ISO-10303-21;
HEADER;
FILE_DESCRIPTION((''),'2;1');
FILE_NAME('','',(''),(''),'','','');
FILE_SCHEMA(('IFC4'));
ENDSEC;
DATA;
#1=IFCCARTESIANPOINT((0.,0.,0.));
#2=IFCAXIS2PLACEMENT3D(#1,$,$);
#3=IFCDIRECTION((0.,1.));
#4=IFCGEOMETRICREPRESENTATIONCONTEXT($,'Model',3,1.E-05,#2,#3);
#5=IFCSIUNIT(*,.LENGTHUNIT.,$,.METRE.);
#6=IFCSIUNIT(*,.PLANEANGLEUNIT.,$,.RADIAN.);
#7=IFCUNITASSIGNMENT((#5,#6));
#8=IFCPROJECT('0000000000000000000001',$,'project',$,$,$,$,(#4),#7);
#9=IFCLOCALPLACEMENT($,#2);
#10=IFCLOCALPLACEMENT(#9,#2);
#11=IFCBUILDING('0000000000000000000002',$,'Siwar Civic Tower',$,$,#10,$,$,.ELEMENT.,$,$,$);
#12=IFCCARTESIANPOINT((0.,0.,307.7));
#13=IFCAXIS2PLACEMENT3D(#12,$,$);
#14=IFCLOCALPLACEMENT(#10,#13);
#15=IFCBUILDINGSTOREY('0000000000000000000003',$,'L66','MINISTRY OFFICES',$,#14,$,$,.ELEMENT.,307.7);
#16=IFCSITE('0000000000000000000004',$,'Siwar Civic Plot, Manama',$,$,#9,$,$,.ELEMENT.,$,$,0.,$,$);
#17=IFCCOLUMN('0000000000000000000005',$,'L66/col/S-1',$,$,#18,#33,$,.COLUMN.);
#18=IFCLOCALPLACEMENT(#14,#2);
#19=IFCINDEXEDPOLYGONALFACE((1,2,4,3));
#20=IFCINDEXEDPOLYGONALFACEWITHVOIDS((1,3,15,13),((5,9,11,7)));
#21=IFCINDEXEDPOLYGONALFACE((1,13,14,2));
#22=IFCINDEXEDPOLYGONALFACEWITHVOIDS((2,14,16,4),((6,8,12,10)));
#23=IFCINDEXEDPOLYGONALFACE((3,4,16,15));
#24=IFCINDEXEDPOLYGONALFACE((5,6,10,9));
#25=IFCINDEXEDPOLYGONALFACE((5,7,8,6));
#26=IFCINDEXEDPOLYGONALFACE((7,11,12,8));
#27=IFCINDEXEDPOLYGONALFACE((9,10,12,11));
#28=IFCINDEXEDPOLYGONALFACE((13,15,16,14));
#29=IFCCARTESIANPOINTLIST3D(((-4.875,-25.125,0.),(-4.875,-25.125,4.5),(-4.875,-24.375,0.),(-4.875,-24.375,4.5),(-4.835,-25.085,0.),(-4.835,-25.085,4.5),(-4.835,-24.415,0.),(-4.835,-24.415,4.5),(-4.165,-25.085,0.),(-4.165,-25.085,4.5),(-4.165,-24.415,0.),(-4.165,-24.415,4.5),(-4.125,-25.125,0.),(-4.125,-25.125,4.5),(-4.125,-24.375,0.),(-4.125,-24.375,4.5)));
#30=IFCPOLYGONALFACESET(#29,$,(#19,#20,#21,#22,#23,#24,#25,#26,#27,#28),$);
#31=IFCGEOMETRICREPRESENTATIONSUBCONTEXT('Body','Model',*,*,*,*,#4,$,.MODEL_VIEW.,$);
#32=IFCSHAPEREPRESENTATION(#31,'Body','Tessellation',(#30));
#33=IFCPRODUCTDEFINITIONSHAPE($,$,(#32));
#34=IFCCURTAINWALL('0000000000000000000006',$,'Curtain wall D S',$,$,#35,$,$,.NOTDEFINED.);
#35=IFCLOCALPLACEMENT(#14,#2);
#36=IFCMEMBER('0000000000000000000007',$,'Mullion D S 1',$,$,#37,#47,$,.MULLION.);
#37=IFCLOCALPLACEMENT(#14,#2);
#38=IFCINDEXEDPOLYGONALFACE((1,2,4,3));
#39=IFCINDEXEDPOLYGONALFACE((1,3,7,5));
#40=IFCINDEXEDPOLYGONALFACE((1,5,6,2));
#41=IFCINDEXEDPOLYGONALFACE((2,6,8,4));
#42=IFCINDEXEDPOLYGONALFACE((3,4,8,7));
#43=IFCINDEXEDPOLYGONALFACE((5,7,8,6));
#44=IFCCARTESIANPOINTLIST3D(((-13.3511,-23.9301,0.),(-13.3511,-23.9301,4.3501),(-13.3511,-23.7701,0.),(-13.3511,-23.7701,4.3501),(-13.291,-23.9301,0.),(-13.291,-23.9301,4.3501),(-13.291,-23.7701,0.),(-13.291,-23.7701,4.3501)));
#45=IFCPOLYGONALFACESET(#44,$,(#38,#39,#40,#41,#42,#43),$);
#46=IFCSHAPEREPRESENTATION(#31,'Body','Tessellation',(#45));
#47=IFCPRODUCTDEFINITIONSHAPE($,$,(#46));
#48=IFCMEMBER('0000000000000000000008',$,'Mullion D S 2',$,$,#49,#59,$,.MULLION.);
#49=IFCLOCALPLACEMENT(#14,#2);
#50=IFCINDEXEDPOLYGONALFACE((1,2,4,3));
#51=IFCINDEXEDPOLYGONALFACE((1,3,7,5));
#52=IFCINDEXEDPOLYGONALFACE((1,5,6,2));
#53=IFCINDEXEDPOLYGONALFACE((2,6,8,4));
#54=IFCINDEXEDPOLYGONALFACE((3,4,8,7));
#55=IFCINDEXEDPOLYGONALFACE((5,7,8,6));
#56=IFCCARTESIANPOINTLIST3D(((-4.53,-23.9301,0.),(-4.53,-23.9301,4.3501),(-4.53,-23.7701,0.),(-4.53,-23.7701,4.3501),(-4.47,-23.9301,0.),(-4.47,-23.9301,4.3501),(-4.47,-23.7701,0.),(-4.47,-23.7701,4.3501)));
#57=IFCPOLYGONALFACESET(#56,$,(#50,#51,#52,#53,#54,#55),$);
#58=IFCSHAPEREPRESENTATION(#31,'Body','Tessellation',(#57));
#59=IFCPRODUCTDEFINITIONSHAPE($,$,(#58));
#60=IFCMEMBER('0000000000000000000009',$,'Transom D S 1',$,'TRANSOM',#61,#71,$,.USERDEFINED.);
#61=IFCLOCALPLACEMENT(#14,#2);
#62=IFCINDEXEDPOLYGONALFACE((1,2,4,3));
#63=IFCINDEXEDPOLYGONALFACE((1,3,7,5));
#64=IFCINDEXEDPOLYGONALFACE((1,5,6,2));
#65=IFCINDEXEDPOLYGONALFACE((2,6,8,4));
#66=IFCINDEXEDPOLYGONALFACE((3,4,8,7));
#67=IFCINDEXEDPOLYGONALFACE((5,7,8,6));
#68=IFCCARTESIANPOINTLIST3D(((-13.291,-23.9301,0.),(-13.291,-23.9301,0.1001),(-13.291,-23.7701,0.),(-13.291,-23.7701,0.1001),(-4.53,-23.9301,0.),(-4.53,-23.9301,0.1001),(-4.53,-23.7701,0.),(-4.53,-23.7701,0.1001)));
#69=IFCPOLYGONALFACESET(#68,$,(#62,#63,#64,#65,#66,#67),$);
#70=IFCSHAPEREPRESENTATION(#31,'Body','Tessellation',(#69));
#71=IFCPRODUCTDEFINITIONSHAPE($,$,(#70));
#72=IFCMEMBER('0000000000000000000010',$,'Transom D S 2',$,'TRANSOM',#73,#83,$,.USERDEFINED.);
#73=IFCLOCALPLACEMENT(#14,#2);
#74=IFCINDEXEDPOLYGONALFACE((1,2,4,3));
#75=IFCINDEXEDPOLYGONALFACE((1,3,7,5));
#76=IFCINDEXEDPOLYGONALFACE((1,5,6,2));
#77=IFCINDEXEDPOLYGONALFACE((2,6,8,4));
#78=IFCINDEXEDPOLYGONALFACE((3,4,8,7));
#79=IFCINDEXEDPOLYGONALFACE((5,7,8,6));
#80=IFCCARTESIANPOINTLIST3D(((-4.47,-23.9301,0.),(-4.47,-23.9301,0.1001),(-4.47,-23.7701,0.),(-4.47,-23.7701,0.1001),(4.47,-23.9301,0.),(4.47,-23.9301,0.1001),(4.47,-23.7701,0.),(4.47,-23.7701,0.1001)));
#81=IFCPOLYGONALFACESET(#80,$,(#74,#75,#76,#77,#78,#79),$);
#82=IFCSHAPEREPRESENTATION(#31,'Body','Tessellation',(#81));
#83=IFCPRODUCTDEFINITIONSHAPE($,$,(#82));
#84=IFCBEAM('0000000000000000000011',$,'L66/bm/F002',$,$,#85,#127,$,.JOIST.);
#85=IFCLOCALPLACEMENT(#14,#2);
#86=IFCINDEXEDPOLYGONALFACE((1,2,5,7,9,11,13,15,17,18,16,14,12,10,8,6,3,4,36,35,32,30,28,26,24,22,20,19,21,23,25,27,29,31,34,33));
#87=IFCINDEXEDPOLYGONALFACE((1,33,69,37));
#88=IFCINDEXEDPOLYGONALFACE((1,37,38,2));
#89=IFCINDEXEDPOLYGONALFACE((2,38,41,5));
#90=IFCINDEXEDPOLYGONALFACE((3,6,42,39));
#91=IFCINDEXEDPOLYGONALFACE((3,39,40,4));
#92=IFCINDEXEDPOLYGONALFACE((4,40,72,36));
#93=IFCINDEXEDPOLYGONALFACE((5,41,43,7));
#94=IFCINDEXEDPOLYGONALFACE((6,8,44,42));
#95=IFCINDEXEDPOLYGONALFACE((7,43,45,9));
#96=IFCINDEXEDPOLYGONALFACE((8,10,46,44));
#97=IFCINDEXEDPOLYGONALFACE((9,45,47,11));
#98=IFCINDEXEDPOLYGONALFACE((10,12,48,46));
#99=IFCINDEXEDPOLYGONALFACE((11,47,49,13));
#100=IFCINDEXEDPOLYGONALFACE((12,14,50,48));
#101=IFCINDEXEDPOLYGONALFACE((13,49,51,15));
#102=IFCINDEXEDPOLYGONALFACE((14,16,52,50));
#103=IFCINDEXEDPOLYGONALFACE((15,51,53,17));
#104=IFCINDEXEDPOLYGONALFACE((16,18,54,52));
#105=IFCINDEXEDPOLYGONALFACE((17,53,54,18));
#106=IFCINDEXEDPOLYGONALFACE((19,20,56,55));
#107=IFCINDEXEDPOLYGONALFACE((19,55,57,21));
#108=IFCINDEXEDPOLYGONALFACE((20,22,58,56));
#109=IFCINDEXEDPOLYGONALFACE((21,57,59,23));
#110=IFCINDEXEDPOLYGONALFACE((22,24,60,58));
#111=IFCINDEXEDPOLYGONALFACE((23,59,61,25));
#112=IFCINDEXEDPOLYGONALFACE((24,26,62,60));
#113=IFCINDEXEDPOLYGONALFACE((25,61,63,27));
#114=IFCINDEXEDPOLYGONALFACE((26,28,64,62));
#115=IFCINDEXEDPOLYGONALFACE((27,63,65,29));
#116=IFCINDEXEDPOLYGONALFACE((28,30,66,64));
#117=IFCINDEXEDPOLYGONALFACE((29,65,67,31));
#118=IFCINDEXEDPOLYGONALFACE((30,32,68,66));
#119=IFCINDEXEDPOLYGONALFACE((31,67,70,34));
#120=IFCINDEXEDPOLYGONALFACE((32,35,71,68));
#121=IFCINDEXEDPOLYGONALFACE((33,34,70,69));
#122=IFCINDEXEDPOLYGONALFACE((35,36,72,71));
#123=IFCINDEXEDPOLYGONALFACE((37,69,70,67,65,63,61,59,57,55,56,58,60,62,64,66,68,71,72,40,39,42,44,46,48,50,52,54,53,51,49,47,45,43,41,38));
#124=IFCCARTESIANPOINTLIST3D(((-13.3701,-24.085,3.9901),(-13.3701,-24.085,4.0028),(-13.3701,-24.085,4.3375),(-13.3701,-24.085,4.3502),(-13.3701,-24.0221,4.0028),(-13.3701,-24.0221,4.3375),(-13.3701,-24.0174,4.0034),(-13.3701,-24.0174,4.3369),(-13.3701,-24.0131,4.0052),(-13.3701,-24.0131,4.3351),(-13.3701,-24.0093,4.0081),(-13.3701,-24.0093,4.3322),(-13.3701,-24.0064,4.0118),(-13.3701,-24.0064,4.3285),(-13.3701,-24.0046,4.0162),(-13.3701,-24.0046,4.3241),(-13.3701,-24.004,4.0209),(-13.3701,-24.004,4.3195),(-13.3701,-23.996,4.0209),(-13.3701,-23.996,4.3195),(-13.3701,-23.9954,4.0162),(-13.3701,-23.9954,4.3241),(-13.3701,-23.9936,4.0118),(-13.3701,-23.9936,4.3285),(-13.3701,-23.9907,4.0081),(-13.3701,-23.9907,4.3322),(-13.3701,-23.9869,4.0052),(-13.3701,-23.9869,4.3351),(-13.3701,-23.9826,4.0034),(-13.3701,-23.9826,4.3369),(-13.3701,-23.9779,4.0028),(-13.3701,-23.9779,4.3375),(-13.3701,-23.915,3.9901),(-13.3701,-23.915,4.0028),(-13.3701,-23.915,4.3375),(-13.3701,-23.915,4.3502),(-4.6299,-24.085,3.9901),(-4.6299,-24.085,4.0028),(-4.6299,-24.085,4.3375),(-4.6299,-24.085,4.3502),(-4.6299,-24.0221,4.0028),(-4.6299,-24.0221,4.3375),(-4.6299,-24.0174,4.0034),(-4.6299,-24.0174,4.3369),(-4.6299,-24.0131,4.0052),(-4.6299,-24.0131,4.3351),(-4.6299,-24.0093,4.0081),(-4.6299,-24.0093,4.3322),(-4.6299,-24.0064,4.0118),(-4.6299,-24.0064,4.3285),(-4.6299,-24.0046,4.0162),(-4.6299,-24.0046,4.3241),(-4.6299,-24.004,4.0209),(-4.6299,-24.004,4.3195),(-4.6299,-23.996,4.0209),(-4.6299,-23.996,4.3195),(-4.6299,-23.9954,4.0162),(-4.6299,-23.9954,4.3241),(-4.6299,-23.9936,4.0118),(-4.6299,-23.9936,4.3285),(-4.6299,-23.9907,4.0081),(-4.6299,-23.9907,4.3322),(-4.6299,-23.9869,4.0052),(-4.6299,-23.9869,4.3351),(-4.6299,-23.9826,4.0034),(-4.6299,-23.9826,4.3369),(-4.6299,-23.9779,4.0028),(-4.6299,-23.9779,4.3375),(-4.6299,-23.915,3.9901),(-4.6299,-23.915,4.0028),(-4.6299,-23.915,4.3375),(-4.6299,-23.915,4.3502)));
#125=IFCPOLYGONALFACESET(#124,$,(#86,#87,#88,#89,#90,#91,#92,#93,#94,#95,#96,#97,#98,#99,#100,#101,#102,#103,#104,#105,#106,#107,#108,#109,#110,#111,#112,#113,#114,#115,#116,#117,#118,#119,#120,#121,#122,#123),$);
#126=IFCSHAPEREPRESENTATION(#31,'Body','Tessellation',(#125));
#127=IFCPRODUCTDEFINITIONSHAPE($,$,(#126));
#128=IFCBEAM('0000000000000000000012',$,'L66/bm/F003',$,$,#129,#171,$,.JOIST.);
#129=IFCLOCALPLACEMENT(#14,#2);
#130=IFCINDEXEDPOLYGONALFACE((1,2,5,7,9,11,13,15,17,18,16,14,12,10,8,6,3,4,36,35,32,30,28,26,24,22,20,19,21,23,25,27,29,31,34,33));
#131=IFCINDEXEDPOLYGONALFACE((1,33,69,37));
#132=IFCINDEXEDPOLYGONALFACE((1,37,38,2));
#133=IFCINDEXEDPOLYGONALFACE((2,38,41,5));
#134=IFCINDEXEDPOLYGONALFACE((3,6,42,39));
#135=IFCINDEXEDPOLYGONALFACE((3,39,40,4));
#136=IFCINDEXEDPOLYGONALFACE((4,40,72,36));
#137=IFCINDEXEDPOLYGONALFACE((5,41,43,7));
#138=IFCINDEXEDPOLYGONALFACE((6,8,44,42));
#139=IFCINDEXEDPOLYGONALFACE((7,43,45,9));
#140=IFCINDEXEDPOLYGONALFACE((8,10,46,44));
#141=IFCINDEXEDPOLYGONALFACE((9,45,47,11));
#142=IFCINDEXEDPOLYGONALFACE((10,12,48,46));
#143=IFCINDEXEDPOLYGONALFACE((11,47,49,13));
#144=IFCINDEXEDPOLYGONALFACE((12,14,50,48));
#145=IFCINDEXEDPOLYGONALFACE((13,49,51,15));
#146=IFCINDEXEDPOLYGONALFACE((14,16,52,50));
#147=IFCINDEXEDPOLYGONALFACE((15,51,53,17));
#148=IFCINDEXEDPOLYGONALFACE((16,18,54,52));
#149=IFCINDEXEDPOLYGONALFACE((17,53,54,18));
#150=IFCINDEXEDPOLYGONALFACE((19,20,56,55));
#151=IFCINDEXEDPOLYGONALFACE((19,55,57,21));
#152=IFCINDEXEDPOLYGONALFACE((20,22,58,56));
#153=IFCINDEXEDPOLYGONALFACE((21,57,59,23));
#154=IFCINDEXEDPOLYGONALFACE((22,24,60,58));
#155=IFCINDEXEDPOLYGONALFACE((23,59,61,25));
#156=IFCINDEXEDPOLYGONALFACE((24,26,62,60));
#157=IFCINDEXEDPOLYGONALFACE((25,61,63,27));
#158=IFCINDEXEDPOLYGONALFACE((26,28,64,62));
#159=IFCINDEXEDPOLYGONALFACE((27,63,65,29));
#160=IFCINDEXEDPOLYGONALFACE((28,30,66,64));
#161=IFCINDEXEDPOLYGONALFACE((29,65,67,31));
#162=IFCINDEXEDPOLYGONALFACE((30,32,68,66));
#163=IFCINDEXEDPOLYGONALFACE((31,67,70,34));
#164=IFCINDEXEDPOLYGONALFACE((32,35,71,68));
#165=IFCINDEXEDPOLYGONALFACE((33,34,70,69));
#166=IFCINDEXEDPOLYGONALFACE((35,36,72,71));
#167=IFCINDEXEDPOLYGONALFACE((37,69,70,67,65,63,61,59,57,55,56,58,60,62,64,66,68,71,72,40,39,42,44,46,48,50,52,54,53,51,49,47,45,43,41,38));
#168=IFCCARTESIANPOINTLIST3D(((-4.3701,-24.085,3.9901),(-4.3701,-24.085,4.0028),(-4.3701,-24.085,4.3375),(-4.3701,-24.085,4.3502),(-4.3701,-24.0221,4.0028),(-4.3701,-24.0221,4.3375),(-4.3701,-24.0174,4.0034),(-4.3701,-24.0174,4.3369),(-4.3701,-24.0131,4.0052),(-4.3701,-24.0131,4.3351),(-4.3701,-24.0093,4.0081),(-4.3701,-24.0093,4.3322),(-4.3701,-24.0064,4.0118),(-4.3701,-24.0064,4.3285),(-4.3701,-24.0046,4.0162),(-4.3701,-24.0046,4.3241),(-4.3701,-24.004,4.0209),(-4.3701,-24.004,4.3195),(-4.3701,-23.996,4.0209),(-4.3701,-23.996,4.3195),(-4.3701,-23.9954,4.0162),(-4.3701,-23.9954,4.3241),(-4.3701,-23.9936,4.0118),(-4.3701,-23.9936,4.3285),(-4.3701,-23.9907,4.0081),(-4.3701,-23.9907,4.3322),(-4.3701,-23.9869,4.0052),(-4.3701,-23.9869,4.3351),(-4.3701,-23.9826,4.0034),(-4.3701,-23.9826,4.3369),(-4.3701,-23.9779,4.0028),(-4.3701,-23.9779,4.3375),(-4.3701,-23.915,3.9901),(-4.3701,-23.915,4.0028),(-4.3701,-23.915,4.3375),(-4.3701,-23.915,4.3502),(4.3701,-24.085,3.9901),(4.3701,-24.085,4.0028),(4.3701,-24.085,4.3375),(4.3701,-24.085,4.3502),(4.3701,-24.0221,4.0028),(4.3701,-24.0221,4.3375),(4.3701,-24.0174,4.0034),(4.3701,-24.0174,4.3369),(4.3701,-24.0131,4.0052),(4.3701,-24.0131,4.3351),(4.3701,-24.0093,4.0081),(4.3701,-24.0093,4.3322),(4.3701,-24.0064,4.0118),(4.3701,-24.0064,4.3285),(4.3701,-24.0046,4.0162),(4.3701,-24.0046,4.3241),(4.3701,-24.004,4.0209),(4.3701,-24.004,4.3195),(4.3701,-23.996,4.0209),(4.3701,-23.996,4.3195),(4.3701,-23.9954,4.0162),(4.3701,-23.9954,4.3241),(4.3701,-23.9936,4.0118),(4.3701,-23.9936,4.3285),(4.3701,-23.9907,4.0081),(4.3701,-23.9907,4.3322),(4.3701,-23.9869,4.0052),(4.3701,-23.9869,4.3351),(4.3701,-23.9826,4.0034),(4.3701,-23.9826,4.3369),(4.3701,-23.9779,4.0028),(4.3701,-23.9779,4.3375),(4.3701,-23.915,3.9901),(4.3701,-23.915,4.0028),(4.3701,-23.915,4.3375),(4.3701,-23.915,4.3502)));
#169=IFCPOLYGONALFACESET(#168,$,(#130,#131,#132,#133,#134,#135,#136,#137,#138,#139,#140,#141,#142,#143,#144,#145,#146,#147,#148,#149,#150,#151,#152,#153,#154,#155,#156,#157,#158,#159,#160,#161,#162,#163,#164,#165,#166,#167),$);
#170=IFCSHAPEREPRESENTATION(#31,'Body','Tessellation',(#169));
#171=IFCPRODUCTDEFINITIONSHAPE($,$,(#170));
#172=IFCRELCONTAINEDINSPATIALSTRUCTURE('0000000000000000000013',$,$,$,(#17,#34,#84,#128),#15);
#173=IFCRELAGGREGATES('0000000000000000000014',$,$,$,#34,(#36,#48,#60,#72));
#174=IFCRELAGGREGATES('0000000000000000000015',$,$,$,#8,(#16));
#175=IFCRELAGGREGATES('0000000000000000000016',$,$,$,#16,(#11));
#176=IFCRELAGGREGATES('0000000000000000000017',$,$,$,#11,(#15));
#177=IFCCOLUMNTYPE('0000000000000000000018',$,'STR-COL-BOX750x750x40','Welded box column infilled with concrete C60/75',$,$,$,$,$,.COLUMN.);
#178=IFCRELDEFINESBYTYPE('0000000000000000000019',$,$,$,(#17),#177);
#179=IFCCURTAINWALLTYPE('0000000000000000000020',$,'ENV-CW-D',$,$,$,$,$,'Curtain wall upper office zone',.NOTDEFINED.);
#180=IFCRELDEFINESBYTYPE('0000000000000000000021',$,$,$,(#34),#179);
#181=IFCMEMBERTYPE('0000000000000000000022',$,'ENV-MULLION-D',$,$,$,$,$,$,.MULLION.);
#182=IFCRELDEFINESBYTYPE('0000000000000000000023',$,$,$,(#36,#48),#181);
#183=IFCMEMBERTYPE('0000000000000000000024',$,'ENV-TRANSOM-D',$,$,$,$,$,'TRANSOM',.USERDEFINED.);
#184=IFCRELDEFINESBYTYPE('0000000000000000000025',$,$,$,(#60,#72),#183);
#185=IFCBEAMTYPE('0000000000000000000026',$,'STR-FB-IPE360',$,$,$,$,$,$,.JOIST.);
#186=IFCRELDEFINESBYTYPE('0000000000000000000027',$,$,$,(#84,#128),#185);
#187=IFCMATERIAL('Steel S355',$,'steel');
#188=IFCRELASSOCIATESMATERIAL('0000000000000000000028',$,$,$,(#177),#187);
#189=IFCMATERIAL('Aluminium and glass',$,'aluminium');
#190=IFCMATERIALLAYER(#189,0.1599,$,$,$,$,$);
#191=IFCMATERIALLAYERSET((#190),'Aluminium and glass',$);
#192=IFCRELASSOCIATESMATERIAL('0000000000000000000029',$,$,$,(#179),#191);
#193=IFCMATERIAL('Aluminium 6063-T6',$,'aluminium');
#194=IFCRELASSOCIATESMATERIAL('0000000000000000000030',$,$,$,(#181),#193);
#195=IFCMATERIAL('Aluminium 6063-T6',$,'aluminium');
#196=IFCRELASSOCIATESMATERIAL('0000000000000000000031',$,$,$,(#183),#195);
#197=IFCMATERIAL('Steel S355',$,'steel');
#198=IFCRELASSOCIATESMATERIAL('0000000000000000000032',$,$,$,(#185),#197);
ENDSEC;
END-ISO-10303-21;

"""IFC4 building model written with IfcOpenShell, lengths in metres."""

from ifc_helpers import new_model, si_unit, direction, frame, origin, origin_2d, place, context, subcontext, project, spatial, rectangle, hollow_rectangle, i_section, extrude, material, layer, layer_set, material_profile, profile_set, type_object, element, aggregate, save


model = new_model("IFC4")

# Units and contexts
model_context = context("Model", 3, precision=1e-05, world=origin(), true_north=direction((0.0, 1.0)))
body_context = subcontext(model_context, "Body", "Model", "MODEL_VIEW")
ifc_project = project(units=[si_unit("LENGTHUNIT", "METRE"), si_unit("PLANEANGLEUNIT", "RADIAN")], contexts=[model_context])

# Site, building, storey
site_placement = place(None, origin())
site = spatial("IfcSite", under=ifc_project, at=site_placement, Name="Siwar Civic Plot, Manama", CompositionType="ELEMENT", RefElevation=0.0)
building_placement = place(site_placement, origin())
building = spatial("IfcBuilding", under=site, at=building_placement, Name="Siwar Civic Tower", CompositionType="ELEMENT")
storey_placement = place(building_placement, frame((0.0, 0.0, 307.7)))
storey = spatial("IfcBuildingStorey", under=building, at=storey_placement, Name="L66", Description="MINISTRY OFFICES", CompositionType="ELEMENT", Elevation=307.7)

# Column
ifc_material_1 = material(Name="Steel S355", Category="steel")
ifc_material_profile_1 = material_profile(ifc_material_1, hollow_rectangle(XDim=0.75, YDim=0.75, WallThickness=0.04, at=origin_2d()), Name="BOX750x750x40")
ifc_profile_set_1 = profile_set([ifc_material_profile_1], Name="Steel S355")
column_type = type_object("IfcColumnType", Name="STR-COL-BOX750x750x40", Description="Welded box column infilled with concrete C60/75", PredefinedType="COLUMN", material=ifc_profile_set_1)
column_placement = place(storey_placement, frame((-4.5, -24.75, 0.0), z_axis=(0.0, 0.0, 1.0), x_axis=(1.0, 0.0, 0.0)))
element("IfcColumn", 1, at=column_placement, inside=storey, type_object=column_type, Name="L66/col/S-1", PredefinedType="COLUMN", context=body_context, shape_type="SweptSolid", body=[
    extrude(hollow_rectangle(XDim=0.75, YDim=0.75, WallThickness=0.04, at=origin_2d()), origin(), (0.0, 0.0, 1.0), 4.5),
])

# Curtain wall, members
ifc_material_2 = material(Name="Aluminium and glass", Category="aluminium")
ifc_layer_1 = layer(ifc_material_2, 0.1599)
ifc_layer_set_1 = layer_set([ifc_layer_1], Name="Aluminium and glass")
curtain_wall_type = type_object("IfcCurtainWallType", Name="ENV-CW-D", ElementType="Curtain wall upper office zone", PredefinedType="NOTDEFINED", material=ifc_layer_set_1)
curtain_wall_placement = place(storey_placement, origin())
curtain_wall = element("IfcCurtainWall", 2, at=curtain_wall_placement, inside=storey, type_object=curtain_wall_type, Name="Curtain wall D S", PredefinedType="NOTDEFINED")
ifc_material_3 = material(Name="Aluminium 6063-T6", Category="aluminium")
ifc_material_profile_2 = material_profile(ifc_material_3, rectangle(XDim=0.1599, YDim=0.0601, at=origin_2d()), Name="AL 160x60")
ifc_profile_set_2 = profile_set([ifc_material_profile_2], Name="Aluminium 6063-T6")
member_type_1 = type_object("IfcMemberType", Name="ENV-MULLION-D", PredefinedType="MULLION", material=ifc_profile_set_2)
member_1_placement = place(storey_placement, frame((-13.321, -23.8501, 0.0), z_axis=(0.0, 0.0, 1.0), x_axis=(0.0, 1.0, 0.0)))
member_1 = element("IfcMember", 3, at=member_1_placement, type_object=member_type_1, Name="Mullion D S 1", PredefinedType="MULLION", context=body_context, shape_type="SweptSolid", body=[
    extrude(rectangle(XDim=0.1599, YDim=0.0601, at=origin_2d()), origin(), (0.0, 0.0, 1.0), 4.3501),
])
member_2_placement = place(storey_placement, frame((-4.5, -23.8501, 0.0), z_axis=(0.0, 0.0, 1.0), x_axis=(0.0, 1.0, 0.0)))
member_2 = element("IfcMember", 4, at=member_2_placement, type_object=member_type_1, Name="Mullion D S 2", PredefinedType="MULLION", context=body_context, shape_type="SweptSolid", body=[
    extrude(rectangle(XDim=0.1599, YDim=0.0601, at=origin_2d()), origin(), (0.0, 0.0, 1.0), 4.3501),
])
ifc_material_4 = material(Name="Aluminium 6063-T6", Category="aluminium")
ifc_material_profile_3 = material_profile(ifc_material_4, rectangle(XDim=0.1599, YDim=0.1001, at=origin_2d()), Name="AL 160x100")
ifc_profile_set_3 = profile_set([ifc_material_profile_3], Name="Aluminium 6063-T6")
member_type_2 = type_object("IfcMemberType", Name="ENV-TRANSOM-D", ElementType="TRANSOM", PredefinedType="USERDEFINED", material=ifc_profile_set_3)
member_3_placement = place(storey_placement, frame((-13.291, -23.8501, 0.05), z_axis=(1.0, 0.0, 0.0), x_axis=(0.0, 1.0, 0.0)))
member_3 = element("IfcMember", 5, at=member_3_placement, type_object=member_type_2, Name="Transom D S 1", ObjectType="TRANSOM", PredefinedType="USERDEFINED", context=body_context, shape_type="SweptSolid", body=[
    extrude(rectangle(XDim=0.1599, YDim=0.1001, at=origin_2d()), origin(), (0.0, 0.0, 1.0), 8.761),
])
member_4_placement = place(storey_placement, frame((-4.47, -23.8501, 0.05), z_axis=(1.0, 0.0, 0.0), x_axis=(0.0, 1.0, 0.0)))
member_4 = element("IfcMember", 6, at=member_4_placement, type_object=member_type_2, Name="Transom D S 2", ObjectType="TRANSOM", PredefinedType="USERDEFINED", context=body_context, shape_type="SweptSolid", body=[
    extrude(rectangle(XDim=0.1599, YDim=0.1001, at=origin_2d()), origin(), (0.0, 0.0, 1.0), 8.9399),
])

# Beams
ifc_material_5 = material(Name="Steel S355", Category="steel")
ifc_material_profile_4 = material_profile(ifc_material_5, i_section(OverallWidth=0.1699, OverallDepth=0.3601, WebThickness=0.0081, FlangeThickness=0.0127, FilletRadius=0.0181, at=origin_2d()), Name="IPE360")
ifc_profile_set_4 = profile_set([ifc_material_profile_4], Name="Steel S355")
beam_type_1 = type_object("IfcBeamType", Name="STR-FB-IPE360", PredefinedType="JOIST", material=ifc_profile_set_4)
for number, where, z_axis, x_axis, name in (
    (7, (-13.3701, -24.0, 4.1702), (1.0, 0.0, 0.0), (0.0, 1.0, 0.0), "L66/bm/F002"),
    (8, (-4.3701, -24.0, 4.1702), (1.0, 0.0, 0.0), (0.0, 1.0, 0.0), "L66/bm/F003"),
):
    element("IfcBeam", number, at=place(storey_placement, frame(where, z_axis=z_axis, x_axis=x_axis)), inside=storey, type_object=beam_type_1, Name=name, PredefinedType="JOIST", context=body_context, shape_type="SweptSolid", body=[
        extrude(i_section(OverallWidth=0.1699, OverallDepth=0.3601, WebThickness=0.0081, FlangeThickness=0.0127, FilletRadius=0.0181, at=origin_2d()), origin(), (0.0, 0.0, 1.0), 8.7402),
    ])

aggregate(curtain_wall, [member_1, member_2, member_3, member_4])

save(model, "model.ifc")
